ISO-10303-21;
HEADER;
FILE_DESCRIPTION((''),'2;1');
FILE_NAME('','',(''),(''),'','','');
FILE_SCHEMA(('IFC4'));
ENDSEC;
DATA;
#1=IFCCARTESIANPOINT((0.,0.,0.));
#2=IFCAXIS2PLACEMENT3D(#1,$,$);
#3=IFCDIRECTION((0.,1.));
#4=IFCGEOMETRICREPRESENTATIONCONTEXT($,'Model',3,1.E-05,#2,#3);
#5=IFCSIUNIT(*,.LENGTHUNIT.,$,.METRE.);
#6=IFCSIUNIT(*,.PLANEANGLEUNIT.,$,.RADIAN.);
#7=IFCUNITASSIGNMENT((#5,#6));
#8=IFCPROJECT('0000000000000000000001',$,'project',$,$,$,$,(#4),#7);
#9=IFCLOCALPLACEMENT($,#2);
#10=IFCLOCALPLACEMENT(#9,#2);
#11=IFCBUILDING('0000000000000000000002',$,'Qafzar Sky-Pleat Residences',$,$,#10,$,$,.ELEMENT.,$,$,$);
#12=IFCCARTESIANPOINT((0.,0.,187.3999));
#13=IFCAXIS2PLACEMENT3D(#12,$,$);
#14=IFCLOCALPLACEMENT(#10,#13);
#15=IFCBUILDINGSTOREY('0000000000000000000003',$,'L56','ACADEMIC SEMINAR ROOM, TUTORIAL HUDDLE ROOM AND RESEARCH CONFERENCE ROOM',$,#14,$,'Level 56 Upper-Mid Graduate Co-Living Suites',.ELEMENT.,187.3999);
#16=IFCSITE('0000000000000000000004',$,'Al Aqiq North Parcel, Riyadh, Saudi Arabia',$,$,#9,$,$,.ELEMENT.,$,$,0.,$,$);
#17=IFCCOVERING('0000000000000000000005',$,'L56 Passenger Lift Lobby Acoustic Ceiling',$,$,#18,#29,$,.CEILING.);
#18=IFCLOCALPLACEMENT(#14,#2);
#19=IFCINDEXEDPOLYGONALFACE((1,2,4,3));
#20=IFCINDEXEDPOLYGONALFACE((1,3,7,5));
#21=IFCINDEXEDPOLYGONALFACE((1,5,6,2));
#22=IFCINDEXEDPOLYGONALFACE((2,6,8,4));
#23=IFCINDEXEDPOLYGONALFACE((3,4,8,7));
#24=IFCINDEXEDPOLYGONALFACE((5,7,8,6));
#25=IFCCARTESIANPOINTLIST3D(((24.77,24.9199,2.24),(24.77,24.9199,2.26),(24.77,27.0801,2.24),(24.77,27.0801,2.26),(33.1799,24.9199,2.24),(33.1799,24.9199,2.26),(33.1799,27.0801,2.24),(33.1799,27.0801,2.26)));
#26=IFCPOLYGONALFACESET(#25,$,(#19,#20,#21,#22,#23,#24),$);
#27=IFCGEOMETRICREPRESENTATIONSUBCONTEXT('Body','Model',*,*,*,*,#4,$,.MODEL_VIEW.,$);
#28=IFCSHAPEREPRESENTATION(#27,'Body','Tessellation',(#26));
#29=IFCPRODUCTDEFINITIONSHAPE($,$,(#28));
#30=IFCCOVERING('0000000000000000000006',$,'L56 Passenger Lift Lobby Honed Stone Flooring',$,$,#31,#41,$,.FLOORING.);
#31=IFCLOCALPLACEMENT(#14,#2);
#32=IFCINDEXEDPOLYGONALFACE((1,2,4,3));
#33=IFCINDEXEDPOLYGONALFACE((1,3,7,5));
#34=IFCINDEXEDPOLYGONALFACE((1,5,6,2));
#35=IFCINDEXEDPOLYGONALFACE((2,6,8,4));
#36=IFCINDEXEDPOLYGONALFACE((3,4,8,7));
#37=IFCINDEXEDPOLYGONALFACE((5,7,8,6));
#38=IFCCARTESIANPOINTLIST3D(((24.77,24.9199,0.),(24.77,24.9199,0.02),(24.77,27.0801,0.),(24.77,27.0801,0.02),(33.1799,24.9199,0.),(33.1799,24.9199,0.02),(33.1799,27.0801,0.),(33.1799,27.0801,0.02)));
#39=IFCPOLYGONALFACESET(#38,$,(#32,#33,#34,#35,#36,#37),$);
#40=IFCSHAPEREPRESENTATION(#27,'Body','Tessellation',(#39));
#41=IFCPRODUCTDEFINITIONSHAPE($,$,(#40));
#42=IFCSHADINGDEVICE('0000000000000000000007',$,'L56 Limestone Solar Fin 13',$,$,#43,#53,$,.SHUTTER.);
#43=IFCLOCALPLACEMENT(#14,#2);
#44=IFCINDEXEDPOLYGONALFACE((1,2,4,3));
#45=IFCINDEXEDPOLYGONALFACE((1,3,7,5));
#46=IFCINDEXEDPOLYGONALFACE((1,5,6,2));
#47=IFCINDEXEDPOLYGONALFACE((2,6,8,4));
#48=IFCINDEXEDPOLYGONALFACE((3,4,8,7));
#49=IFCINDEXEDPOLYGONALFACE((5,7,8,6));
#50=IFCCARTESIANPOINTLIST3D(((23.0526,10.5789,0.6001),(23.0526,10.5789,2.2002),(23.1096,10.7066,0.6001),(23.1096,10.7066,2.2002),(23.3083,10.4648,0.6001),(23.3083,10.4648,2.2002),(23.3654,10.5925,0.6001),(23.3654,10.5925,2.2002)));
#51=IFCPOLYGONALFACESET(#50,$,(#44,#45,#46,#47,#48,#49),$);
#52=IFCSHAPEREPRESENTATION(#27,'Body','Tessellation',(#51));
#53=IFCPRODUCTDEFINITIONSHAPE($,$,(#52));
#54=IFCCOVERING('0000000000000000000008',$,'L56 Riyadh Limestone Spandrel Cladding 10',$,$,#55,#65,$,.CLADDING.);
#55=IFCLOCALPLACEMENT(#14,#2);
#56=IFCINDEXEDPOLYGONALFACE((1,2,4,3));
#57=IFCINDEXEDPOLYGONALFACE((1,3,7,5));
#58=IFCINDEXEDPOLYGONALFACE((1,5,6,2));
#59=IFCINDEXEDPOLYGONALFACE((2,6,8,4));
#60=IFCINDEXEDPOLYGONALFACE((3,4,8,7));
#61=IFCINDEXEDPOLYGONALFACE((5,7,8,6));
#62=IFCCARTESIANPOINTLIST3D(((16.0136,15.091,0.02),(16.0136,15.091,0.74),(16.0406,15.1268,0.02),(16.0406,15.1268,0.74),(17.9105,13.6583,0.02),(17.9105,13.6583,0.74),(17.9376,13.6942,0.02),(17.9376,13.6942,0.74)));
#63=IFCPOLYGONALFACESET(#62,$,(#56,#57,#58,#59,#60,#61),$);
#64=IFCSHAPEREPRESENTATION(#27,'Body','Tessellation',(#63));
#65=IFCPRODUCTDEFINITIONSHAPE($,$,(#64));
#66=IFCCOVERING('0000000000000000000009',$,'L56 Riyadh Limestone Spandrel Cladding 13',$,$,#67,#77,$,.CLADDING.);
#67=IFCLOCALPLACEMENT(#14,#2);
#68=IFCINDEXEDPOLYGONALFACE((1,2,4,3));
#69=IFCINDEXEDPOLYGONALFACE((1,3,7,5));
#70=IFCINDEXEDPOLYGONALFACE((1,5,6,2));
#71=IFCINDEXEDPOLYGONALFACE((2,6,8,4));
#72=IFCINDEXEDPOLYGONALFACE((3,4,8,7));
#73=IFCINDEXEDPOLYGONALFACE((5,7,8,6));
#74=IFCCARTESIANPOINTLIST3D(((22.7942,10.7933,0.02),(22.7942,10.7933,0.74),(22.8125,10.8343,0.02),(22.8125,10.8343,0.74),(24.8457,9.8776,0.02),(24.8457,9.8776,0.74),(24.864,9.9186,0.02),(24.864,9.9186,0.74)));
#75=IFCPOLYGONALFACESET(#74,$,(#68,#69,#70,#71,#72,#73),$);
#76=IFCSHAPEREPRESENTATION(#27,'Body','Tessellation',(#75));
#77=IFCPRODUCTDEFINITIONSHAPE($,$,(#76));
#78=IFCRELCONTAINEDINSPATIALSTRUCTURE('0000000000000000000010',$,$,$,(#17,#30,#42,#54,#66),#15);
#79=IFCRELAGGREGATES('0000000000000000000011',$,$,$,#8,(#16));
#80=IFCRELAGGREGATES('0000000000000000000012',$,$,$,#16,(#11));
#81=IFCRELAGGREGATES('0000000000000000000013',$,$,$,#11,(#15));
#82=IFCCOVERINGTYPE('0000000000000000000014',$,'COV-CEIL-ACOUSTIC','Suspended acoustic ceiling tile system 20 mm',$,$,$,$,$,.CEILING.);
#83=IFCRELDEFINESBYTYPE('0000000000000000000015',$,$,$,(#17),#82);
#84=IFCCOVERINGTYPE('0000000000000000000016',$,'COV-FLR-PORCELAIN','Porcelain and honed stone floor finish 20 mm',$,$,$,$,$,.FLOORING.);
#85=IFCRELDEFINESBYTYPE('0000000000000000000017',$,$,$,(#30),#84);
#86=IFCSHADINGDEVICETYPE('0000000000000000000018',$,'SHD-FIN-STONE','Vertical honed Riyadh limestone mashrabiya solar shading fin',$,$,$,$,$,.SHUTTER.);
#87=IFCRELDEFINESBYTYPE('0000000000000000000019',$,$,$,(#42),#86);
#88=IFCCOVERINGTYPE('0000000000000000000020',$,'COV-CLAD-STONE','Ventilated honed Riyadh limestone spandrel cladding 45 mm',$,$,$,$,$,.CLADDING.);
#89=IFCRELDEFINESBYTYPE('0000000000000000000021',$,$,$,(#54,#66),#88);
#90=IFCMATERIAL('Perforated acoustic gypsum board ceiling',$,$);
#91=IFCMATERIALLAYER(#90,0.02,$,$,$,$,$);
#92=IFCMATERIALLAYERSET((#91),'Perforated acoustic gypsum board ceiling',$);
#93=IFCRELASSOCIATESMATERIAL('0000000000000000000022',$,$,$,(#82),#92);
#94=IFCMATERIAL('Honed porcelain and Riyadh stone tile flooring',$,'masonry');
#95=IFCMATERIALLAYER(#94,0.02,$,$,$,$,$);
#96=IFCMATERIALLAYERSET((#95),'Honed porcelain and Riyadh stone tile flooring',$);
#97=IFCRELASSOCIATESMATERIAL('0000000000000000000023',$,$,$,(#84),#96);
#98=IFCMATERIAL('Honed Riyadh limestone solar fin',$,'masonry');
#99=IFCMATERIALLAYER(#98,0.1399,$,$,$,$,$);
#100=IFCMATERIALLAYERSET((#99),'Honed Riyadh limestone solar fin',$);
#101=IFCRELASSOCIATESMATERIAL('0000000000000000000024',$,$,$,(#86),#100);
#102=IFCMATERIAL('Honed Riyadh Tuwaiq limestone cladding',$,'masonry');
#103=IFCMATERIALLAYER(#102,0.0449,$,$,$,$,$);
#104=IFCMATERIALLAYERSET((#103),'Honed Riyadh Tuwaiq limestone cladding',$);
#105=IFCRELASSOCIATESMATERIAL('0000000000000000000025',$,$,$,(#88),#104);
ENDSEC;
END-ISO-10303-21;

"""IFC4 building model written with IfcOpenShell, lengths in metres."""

from ifc_helpers import new_model, si_unit, direction, frame, origin, origin_2d, place, context, subcontext, project, spatial, polyline, rectangle, outline, extrude, source, transform, mapped, material, layer, layer_set, type_object, element, save


model = new_model("IFC4")

# Units and contexts
model_context = context("Model", 3, precision=1e-05, world=origin(), true_north=direction((0.0, 1.0)))
body_context = subcontext(model_context, "Body", "Model", "MODEL_VIEW")
ifc_project = project(units=[si_unit("LENGTHUNIT", "METRE"), si_unit("PLANEANGLEUNIT", "RADIAN")], contexts=[model_context])

# Site, building, storey
site_placement = place(None, origin())
site = spatial("IfcSite", under=ifc_project, at=site_placement, Name="Al Aqiq North Parcel, Riyadh, Saudi Arabia", CompositionType="ELEMENT", RefElevation=0.0)
building_placement = place(site_placement, origin())
building = spatial("IfcBuilding", under=site, at=building_placement, Name="Qafzar Sky-Pleat Residences", CompositionType="ELEMENT")
storey_placement = place(building_placement, frame((0.0, 0.0, 187.3999)))
storey = spatial("IfcBuildingStorey", under=building, at=storey_placement, Name="L56", Description="ACADEMIC SEMINAR ROOM, TUTORIAL HUDDLE ROOM AND RESEARCH CONFERENCE ROOM", LongName="Level 56 Upper-Mid Graduate Co-Living Suites", CompositionType="ELEMENT", Elevation=187.3999)

# Coverings
ifc_material_1 = material(Name="Perforated acoustic gypsum board ceiling")
ifc_layer_1 = layer(ifc_material_1, 0.02)
ifc_layer_set_1 = layer_set([ifc_layer_1], Name="Perforated acoustic gypsum board ceiling")
covering_type_1 = type_object("IfcCoveringType", Name="COV-CEIL-ACOUSTIC", Description="Suspended acoustic ceiling tile system 20 mm", PredefinedType="CEILING", material=ifc_layer_set_1)
covering_1_placement = place(storey_placement, frame((0.0, 0.0, 2.24)))
element("IfcCovering", 1, at=covering_1_placement, inside=storey, type_object=covering_type_1, Name="L56 Passenger Lift Lobby Acoustic Ceiling", PredefinedType="CEILING", context=body_context, shape_type="SweptSolid", body=[
    extrude(outline(polyline([(33.1799, 24.9199), (24.77, 24.9199), (24.77, 27.0801), (33.1799, 27.0801), (33.1799, 24.9199)])), origin(), (0.0, 0.0, 1.0), 0.02),
])
ifc_material_2 = material(Name="Honed porcelain and Riyadh stone tile flooring", Category="masonry")
ifc_layer_2 = layer(ifc_material_2, 0.02)
ifc_layer_set_2 = layer_set([ifc_layer_2], Name="Honed porcelain and Riyadh stone tile flooring")
covering_type_2 = type_object("IfcCoveringType", Name="COV-FLR-PORCELAIN", Description="Porcelain and honed stone floor finish 20 mm", PredefinedType="FLOORING", material=ifc_layer_set_2)
covering_2_placement = place(storey_placement, origin())
element("IfcCovering", 2, at=covering_2_placement, inside=storey, type_object=covering_type_2, Name="L56 Passenger Lift Lobby Honed Stone Flooring", PredefinedType="FLOORING", context=body_context, shape_type="SweptSolid", body=[
    extrude(outline(polyline([(33.1799, 24.9199), (24.77, 24.9199), (24.77, 27.0801), (33.1799, 27.0801), (33.1799, 24.9199)])), origin(), (0.0, 0.0, 1.0), 0.02),
])

# Shading device
ifc_material_3 = material(Name="Honed Riyadh limestone solar fin", Category="masonry")
ifc_layer_3 = layer(ifc_material_3, 0.1399)
ifc_layer_set_3 = layer_set([ifc_layer_3], Name="Honed Riyadh limestone solar fin")
shading_device_type = type_object("IfcShadingDeviceType", Name="SHD-FIN-STONE", Description="Vertical honed Riyadh limestone mashrabiya solar shading fin", PredefinedType="SHUTTER", material=ifc_layer_set_3)
shared_shape_1 = source(origin(), body_context, "Body", "SweptSolid", [
    extrude(rectangle(XDim=0.1399, YDim=0.28, at=origin_2d()), origin(), (0.0, 0.0, 1.0), 1.6001),
])
shading_device_placement = place(storey_placement, frame((23.209, 10.5857, 0.6001), z_axis=(0.0, 0.0, 1.0), x_axis=(-0.407567, -0.913175, 0.0)))
element("IfcShadingDevice", 3, at=shading_device_placement, inside=storey, type_object=shading_device_type, Name="L56 Limestone Solar Fin 13", PredefinedType="SHUTTER", context=body_context, shape_type="MappedRepresentation", body=[
    mapped(shared_shape_1, transform((0.0, 0.0, 0.0), x_axis=(1.0, 0.0, 0.0), y_axis=(0.0, 1.0, 0.0), z_axis=(0.0, 0.0, 1.0), scale=1.0)),
])

# Coverings
ifc_material_4 = material(Name="Honed Riyadh Tuwaiq limestone cladding", Category="masonry")
ifc_layer_4 = layer(ifc_material_4, 0.0449)
ifc_layer_set_4 = layer_set([ifc_layer_4], Name="Honed Riyadh Tuwaiq limestone cladding")
covering_type_3 = type_object("IfcCoveringType", Name="COV-CLAD-STONE", Description="Ventilated honed Riyadh limestone spandrel cladding 45 mm", PredefinedType="CLADDING", material=ifc_layer_set_4)
shared_shape_2 = source(origin(), body_context, "Body", "SweptSolid", [
    extrude(rectangle(XDim=2.3772, YDim=0.0449, at=origin_2d()), origin(), (0.0, 0.0, 1.0), 0.72),
])
covering_3_placement = place(storey_placement, frame((16.9756, 14.3926, 0.02), z_axis=(0.0, 0.0, 1.0), x_axis=(0.797987, -0.602674, 0.0)))
element("IfcCovering", 4, at=covering_3_placement, inside=storey, type_object=covering_type_3, Name="L56 Riyadh Limestone Spandrel Cladding 10", PredefinedType="CLADDING", context=body_context, shape_type="MappedRepresentation", body=[
    mapped(shared_shape_2, transform((0.0, 0.0, 0.0), x_axis=(1.0, 0.0, 0.0), y_axis=(0.0, 1.0, 0.0), z_axis=(0.0, 0.0, 1.0), scale=1.0)),
])
shared_shape_3 = source(origin(), body_context, "Body", "SweptSolid", [
    extrude(rectangle(XDim=2.2466, YDim=0.0449, at=origin_2d()), origin(), (0.0, 0.0, 1.0), 0.72),
])
covering_4_placement = place(storey_placement, frame((23.8291, 10.356, 0.02), z_axis=(0.0, 0.0, 1.0), x_axis=(0.913165, -0.407591, 0.0)))
element("IfcCovering", 5, at=covering_4_placement, inside=storey, type_object=covering_type_3, Name="L56 Riyadh Limestone Spandrel Cladding 13", PredefinedType="CLADDING", context=body_context, shape_type="MappedRepresentation", body=[
    mapped(shared_shape_3, transform((0.0, 0.0, 0.0), x_axis=(1.0, 0.0, 0.0), y_axis=(0.0, 1.0, 0.0), z_axis=(0.0, 0.0, 1.0), scale=1.0)),
])

save(model, "model.ifc")
